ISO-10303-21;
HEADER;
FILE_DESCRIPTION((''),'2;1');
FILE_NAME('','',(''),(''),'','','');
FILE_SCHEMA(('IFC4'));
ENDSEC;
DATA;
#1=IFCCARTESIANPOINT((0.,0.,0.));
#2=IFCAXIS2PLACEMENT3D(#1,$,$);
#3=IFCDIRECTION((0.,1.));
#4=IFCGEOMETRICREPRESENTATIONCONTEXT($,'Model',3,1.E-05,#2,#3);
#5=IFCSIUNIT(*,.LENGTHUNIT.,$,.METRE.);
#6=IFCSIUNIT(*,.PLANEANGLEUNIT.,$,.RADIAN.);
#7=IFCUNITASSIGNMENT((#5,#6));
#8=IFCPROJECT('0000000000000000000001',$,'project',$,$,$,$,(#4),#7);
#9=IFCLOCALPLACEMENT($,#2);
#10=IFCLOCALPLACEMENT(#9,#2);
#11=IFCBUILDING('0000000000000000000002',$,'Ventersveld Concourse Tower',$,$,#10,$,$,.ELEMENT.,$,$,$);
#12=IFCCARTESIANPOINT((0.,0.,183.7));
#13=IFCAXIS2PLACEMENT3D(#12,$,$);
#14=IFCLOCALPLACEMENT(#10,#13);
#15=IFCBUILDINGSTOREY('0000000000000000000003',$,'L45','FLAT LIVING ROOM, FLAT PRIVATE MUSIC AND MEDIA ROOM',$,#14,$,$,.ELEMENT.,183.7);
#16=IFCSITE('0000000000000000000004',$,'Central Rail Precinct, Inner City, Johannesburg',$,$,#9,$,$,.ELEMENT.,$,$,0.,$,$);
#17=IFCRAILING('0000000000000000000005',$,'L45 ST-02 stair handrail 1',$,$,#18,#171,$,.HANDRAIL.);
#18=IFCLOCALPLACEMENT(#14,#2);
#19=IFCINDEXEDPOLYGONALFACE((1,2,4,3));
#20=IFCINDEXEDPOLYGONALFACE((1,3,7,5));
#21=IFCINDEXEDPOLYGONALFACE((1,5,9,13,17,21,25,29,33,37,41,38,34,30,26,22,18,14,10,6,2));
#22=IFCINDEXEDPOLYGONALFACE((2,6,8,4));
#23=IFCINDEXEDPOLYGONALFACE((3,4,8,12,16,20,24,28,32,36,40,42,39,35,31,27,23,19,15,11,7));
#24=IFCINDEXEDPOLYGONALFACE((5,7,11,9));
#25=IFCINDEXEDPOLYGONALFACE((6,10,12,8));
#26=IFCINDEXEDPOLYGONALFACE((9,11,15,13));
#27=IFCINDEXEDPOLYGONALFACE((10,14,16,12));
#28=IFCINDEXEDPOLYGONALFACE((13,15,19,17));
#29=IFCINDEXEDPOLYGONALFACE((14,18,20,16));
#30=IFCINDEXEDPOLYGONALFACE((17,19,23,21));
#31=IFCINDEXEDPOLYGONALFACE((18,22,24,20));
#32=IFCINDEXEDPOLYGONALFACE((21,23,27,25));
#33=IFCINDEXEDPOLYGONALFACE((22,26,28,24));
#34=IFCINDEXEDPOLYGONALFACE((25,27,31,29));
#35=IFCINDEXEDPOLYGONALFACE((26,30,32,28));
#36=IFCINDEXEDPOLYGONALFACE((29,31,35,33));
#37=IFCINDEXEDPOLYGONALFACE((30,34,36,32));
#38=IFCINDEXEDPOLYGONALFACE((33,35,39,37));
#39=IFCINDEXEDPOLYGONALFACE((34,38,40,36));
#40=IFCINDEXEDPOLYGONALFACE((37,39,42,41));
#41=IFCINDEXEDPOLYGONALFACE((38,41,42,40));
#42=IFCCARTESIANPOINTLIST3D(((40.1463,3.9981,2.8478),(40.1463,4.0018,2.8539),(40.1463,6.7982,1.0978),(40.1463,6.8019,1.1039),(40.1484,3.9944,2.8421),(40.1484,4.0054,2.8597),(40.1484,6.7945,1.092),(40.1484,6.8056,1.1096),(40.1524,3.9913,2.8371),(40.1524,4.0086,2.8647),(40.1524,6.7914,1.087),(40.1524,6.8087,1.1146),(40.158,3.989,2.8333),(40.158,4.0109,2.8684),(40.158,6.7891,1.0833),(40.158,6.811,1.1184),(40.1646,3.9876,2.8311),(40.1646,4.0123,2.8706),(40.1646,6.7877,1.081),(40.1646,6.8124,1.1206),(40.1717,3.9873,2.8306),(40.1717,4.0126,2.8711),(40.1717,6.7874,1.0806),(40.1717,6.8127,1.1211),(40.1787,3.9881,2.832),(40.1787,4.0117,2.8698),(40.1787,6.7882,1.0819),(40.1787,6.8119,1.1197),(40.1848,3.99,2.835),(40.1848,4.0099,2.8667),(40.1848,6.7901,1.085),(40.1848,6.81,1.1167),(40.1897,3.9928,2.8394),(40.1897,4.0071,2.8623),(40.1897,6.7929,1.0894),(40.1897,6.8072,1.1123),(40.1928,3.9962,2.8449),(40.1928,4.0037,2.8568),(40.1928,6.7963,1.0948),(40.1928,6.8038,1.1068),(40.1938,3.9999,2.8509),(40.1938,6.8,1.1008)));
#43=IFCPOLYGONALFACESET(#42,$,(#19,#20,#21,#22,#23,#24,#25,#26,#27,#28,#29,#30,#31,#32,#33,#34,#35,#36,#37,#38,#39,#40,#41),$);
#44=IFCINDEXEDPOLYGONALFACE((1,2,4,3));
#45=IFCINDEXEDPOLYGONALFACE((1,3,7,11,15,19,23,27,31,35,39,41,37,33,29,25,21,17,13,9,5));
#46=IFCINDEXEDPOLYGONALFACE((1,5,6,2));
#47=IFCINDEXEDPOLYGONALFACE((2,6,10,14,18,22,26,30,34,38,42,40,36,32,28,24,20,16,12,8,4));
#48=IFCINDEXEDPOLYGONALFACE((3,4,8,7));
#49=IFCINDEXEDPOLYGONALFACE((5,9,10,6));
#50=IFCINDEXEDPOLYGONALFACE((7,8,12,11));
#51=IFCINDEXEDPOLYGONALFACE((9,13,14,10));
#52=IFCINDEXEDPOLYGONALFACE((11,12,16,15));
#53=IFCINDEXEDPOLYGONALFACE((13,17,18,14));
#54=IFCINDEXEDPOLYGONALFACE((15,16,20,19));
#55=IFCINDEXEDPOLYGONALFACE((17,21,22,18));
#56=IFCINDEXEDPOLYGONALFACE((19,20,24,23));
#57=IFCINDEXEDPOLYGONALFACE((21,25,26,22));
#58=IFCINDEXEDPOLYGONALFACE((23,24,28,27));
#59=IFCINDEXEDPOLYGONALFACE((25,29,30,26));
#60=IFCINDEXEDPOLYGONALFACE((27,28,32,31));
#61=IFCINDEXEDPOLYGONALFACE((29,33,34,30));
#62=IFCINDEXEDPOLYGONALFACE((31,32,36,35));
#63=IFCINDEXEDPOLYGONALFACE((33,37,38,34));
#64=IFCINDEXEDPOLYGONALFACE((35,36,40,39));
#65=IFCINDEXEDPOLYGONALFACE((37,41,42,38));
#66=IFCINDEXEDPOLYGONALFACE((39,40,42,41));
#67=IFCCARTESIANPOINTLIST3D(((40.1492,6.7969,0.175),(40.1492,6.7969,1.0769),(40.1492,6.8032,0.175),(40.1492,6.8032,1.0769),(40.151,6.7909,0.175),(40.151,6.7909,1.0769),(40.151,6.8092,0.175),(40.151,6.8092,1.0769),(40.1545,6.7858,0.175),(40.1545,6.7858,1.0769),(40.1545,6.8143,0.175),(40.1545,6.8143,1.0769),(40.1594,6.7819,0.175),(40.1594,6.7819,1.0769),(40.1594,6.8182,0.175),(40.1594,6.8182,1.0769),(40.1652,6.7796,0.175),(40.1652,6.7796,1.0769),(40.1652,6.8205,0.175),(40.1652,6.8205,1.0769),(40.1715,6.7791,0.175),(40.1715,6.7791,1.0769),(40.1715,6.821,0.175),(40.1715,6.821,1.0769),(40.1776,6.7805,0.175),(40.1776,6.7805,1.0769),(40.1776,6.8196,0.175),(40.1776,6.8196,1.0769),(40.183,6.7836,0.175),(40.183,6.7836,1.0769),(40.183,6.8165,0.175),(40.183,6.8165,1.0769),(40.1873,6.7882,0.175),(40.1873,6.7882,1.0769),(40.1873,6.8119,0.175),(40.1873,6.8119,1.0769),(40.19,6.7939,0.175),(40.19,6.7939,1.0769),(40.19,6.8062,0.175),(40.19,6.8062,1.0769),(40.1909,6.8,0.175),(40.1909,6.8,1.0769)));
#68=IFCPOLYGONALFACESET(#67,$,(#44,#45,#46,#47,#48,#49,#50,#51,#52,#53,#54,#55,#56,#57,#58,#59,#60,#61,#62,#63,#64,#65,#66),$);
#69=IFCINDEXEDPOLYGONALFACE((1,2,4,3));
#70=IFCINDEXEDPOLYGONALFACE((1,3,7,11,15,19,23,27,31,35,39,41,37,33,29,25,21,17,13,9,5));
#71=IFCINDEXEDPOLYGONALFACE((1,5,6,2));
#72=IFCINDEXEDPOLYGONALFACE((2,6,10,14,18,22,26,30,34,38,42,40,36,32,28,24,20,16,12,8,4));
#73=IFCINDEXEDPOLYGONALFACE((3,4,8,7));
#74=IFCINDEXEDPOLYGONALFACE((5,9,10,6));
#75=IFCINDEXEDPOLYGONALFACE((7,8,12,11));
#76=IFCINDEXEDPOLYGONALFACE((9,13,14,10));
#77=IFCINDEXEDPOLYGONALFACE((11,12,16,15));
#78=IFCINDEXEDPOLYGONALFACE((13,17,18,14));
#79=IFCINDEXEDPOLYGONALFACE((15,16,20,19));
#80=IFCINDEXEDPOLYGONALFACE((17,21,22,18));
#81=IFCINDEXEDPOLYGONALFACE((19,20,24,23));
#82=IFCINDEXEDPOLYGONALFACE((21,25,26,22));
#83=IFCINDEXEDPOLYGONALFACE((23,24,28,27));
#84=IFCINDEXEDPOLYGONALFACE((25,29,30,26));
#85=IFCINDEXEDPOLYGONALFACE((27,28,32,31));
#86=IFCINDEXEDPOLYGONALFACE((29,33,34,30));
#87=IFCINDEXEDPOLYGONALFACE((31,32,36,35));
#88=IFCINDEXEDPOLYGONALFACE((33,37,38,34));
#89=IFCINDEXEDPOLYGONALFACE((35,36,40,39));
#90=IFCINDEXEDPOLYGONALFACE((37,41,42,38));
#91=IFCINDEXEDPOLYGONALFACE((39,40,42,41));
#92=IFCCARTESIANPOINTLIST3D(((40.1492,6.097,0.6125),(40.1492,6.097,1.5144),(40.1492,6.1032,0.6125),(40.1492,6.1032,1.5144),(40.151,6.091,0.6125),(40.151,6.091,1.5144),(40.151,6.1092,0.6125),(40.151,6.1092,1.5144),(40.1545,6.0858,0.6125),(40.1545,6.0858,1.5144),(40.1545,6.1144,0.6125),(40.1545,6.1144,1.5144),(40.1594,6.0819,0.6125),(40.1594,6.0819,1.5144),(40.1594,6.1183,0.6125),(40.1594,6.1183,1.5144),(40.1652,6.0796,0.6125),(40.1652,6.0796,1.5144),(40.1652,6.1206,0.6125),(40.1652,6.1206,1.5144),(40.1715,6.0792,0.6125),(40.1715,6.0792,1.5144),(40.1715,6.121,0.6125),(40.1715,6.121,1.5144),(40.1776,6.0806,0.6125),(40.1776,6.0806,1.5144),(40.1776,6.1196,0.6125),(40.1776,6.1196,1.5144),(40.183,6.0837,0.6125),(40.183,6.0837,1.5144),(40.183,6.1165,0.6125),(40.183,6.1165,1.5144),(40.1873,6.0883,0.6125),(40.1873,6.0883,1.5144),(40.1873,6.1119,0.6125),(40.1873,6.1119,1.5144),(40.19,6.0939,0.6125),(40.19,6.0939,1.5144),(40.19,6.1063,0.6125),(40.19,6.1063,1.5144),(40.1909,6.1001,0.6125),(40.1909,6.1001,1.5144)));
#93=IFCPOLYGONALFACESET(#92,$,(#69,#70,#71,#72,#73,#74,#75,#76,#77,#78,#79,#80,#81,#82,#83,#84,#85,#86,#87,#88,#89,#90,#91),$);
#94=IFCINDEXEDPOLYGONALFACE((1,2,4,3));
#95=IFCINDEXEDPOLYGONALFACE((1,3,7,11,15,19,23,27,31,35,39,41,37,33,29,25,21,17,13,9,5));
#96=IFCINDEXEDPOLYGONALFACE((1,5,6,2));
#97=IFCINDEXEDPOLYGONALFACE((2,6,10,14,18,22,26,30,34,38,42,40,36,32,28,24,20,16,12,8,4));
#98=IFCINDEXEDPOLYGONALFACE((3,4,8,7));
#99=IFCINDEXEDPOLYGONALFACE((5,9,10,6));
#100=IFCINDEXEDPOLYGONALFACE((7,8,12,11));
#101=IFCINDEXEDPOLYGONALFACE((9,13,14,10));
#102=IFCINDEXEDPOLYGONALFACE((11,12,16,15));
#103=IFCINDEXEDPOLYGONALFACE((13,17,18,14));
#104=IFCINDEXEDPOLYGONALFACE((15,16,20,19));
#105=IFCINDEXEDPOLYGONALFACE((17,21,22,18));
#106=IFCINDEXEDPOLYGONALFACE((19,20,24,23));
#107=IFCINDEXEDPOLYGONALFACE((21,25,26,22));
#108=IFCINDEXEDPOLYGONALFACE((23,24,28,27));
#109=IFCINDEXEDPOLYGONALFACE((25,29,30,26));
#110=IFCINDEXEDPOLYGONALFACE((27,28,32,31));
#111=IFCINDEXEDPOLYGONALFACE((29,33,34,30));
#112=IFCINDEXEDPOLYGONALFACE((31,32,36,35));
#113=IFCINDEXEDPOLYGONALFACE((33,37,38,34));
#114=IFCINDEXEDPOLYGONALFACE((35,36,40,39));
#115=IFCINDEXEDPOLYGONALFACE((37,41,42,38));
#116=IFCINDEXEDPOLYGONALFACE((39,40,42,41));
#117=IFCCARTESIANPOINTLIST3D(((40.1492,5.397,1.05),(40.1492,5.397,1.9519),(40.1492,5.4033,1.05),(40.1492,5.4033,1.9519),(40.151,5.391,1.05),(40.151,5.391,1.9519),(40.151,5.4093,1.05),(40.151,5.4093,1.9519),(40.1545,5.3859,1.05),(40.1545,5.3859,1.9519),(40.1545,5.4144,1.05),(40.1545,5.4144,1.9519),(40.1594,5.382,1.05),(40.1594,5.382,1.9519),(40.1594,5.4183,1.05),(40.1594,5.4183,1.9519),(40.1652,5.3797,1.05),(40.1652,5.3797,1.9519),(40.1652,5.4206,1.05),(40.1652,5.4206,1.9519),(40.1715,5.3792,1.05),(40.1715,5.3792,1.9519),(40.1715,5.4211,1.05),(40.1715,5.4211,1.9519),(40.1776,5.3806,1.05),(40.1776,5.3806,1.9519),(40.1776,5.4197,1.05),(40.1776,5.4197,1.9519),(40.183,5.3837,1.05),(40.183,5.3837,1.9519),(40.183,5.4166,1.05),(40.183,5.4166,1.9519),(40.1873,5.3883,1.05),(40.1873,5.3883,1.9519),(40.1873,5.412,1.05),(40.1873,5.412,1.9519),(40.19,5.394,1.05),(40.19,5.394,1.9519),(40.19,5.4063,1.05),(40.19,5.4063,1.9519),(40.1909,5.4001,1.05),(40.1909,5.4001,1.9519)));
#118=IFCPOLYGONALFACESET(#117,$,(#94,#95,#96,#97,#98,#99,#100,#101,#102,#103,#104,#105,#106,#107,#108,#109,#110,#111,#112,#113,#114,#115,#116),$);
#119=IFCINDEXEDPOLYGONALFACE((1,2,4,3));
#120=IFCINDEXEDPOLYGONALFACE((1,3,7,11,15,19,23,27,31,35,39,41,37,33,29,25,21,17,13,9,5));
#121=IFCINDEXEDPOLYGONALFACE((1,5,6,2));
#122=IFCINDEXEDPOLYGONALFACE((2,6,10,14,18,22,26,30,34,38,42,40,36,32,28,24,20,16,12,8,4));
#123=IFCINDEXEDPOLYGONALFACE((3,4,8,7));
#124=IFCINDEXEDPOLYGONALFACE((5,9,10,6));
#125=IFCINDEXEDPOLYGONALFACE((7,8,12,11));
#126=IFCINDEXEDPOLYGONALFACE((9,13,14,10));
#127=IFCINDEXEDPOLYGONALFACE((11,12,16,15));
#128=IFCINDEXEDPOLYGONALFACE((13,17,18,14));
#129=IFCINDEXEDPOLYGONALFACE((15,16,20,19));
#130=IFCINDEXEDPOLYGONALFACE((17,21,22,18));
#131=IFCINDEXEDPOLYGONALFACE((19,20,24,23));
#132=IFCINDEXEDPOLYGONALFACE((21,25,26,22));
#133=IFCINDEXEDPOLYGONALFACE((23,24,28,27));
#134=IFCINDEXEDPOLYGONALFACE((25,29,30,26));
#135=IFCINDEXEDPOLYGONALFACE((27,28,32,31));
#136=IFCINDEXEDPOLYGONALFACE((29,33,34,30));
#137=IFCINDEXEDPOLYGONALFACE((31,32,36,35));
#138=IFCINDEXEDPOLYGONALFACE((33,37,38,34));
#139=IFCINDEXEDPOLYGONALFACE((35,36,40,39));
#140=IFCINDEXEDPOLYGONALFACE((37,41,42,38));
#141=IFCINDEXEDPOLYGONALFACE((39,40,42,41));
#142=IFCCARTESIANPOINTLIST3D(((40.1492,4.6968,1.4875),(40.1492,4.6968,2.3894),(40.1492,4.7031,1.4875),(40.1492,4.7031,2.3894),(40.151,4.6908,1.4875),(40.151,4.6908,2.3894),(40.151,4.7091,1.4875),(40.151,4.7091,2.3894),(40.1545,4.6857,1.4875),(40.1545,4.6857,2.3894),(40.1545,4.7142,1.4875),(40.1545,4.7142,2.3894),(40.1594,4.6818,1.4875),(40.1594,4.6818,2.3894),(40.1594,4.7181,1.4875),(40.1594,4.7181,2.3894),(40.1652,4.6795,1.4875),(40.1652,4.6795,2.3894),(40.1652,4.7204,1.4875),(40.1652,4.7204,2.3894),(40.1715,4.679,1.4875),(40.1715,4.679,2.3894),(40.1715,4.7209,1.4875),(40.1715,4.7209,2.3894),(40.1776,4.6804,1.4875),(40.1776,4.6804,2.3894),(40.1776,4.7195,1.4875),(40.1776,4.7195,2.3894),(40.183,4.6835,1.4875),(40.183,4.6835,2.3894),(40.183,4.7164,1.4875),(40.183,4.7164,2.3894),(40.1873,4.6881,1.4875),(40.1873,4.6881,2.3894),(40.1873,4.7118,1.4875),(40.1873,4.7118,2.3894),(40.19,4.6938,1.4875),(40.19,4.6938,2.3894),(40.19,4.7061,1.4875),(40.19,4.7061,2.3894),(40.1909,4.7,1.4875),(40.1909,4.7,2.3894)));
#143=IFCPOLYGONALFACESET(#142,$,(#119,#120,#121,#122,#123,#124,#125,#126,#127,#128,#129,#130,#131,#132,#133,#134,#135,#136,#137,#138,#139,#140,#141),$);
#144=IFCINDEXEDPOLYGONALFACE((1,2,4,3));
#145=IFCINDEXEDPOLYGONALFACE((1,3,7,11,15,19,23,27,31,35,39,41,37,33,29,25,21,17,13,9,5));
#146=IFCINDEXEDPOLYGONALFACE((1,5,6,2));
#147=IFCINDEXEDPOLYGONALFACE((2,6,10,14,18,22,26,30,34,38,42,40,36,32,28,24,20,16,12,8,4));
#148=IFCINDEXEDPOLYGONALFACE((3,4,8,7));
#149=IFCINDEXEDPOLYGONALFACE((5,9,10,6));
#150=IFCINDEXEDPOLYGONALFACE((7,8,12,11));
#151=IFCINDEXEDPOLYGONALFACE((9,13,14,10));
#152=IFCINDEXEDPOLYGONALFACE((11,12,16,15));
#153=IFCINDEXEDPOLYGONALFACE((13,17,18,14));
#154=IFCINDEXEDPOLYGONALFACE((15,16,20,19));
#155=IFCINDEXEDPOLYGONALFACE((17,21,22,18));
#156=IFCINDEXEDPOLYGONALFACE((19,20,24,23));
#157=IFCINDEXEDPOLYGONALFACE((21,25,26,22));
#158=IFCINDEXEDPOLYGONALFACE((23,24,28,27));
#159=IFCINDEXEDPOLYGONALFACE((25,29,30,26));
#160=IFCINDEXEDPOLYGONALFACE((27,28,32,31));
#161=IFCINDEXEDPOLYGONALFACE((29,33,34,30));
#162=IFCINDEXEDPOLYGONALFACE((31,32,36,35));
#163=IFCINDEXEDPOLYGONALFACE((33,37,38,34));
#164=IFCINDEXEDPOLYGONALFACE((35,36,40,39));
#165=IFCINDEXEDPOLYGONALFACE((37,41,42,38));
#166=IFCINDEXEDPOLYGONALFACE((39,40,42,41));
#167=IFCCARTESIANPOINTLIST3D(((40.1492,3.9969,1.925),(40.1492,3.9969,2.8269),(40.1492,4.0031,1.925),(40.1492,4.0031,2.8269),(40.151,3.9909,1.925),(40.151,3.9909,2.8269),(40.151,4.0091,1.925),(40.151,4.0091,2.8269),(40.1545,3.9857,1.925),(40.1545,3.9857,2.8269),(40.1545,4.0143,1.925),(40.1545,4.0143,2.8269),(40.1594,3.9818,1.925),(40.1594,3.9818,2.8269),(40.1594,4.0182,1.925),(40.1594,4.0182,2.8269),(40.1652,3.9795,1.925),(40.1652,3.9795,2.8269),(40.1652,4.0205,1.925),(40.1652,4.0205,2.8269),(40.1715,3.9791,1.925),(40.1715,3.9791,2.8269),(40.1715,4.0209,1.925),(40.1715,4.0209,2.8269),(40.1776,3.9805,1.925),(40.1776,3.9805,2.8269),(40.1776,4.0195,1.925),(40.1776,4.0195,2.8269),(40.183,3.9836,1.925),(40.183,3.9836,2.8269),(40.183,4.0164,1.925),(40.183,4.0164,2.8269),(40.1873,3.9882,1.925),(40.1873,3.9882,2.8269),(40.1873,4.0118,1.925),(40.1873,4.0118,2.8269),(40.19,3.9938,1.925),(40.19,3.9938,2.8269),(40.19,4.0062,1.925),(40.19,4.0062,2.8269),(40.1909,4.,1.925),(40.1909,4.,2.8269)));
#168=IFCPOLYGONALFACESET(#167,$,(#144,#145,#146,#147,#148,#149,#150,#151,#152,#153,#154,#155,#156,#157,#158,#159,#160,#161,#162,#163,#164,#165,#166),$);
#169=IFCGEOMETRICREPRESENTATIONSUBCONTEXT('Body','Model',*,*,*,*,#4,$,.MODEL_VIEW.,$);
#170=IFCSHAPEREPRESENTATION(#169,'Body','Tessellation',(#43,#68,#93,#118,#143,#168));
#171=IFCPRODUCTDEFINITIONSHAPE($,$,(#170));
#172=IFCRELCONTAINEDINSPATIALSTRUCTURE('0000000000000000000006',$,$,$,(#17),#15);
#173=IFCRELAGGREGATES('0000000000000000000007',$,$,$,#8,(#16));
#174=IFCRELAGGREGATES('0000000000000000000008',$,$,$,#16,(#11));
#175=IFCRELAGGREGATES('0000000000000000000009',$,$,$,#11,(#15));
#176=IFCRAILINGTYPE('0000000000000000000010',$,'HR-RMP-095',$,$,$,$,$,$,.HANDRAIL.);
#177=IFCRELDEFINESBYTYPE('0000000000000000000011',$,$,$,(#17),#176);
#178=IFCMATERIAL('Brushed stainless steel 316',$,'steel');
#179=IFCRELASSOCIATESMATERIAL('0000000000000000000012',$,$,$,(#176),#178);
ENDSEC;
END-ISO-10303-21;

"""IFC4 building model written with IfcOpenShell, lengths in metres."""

from ifc_helpers import new_model, si_unit, direction, frame, origin, origin_2d, place, context, subcontext, project, spatial, circle, extrude, material, type_object, element, save


model = new_model("IFC4")

# Units and contexts
model_context = context("Model", 3, precision=1e-05, world=origin(), true_north=direction((0.0, 1.0)))
body_context = subcontext(model_context, "Body", "Model", "MODEL_VIEW")
ifc_project = project(units=[si_unit("LENGTHUNIT", "METRE"), si_unit("PLANEANGLEUNIT", "RADIAN")], contexts=[model_context])

# Site, building, storey
site_placement = place(None, origin())
site = spatial("IfcSite", under=ifc_project, at=site_placement, Name="Central Rail Precinct, Inner City, Johannesburg", CompositionType="ELEMENT", RefElevation=0.0)
building_placement = place(site_placement, origin())
building = spatial("IfcBuilding", under=site, at=building_placement, Name="Ventersveld Concourse Tower", CompositionType="ELEMENT")
storey_placement = place(building_placement, frame((0.0, 0.0, 183.7)))
storey = spatial("IfcBuildingStorey", under=building, at=storey_placement, Name="L45", Description="FLAT LIVING ROOM, FLAT PRIVATE MUSIC AND MEDIA ROOM", CompositionType="ELEMENT", Elevation=183.7)

# Shared definitions
ifc_material_1 = material(Name="Brushed stainless steel 316", Category="steel")

# Railing
railing_type_1 = type_object("IfcRailingType", Name="HR-RMP-095", PredefinedType="HANDRAIL", material=ifc_material_1)
railing_1_placement = place(storey_placement, frame((40.1699, 6.8, 0.175)))
element("IfcRailing", 1, at=railing_1_placement, inside=storey, type_object=railing_type_1, Name="L45 ST-02 stair handrail 1", PredefinedType="HANDRAIL", context=body_context, shape_type="SweptSolid", body=[
    extrude(circle(Radius=0.0239, at=origin_2d()), frame((0.0, 0.0, 0.9258), z_axis=(0.0, -0.848002, 0.529992), x_axis=(1.0, 0.0, 0.0)), (0.0, 0.0, 1.0), 3.302),
    extrude(circle(Radius=0.021, at=origin_2d()), origin(), (0.0, 0.0, 1.0), 0.9019),
    extrude(circle(Radius=0.021, at=origin_2d()), frame((0.0, -0.7, 0.4375)), (0.0, 0.0, 1.0), 0.9019),
    extrude(circle(Radius=0.021, at=origin_2d()), frame((0.0, -1.3999, 0.875)), (0.0, 0.0, 1.0), 0.9019),
    extrude(circle(Radius=0.021, at=origin_2d()), frame((0.0, -2.1001, 1.3125)), (0.0, 0.0, 1.0), 0.9019),
    extrude(circle(Radius=0.021, at=origin_2d()), frame((0.0, -2.8, 1.75)), (0.0, 0.0, 1.0), 0.9019),
])

save(model, "model.ifc")
